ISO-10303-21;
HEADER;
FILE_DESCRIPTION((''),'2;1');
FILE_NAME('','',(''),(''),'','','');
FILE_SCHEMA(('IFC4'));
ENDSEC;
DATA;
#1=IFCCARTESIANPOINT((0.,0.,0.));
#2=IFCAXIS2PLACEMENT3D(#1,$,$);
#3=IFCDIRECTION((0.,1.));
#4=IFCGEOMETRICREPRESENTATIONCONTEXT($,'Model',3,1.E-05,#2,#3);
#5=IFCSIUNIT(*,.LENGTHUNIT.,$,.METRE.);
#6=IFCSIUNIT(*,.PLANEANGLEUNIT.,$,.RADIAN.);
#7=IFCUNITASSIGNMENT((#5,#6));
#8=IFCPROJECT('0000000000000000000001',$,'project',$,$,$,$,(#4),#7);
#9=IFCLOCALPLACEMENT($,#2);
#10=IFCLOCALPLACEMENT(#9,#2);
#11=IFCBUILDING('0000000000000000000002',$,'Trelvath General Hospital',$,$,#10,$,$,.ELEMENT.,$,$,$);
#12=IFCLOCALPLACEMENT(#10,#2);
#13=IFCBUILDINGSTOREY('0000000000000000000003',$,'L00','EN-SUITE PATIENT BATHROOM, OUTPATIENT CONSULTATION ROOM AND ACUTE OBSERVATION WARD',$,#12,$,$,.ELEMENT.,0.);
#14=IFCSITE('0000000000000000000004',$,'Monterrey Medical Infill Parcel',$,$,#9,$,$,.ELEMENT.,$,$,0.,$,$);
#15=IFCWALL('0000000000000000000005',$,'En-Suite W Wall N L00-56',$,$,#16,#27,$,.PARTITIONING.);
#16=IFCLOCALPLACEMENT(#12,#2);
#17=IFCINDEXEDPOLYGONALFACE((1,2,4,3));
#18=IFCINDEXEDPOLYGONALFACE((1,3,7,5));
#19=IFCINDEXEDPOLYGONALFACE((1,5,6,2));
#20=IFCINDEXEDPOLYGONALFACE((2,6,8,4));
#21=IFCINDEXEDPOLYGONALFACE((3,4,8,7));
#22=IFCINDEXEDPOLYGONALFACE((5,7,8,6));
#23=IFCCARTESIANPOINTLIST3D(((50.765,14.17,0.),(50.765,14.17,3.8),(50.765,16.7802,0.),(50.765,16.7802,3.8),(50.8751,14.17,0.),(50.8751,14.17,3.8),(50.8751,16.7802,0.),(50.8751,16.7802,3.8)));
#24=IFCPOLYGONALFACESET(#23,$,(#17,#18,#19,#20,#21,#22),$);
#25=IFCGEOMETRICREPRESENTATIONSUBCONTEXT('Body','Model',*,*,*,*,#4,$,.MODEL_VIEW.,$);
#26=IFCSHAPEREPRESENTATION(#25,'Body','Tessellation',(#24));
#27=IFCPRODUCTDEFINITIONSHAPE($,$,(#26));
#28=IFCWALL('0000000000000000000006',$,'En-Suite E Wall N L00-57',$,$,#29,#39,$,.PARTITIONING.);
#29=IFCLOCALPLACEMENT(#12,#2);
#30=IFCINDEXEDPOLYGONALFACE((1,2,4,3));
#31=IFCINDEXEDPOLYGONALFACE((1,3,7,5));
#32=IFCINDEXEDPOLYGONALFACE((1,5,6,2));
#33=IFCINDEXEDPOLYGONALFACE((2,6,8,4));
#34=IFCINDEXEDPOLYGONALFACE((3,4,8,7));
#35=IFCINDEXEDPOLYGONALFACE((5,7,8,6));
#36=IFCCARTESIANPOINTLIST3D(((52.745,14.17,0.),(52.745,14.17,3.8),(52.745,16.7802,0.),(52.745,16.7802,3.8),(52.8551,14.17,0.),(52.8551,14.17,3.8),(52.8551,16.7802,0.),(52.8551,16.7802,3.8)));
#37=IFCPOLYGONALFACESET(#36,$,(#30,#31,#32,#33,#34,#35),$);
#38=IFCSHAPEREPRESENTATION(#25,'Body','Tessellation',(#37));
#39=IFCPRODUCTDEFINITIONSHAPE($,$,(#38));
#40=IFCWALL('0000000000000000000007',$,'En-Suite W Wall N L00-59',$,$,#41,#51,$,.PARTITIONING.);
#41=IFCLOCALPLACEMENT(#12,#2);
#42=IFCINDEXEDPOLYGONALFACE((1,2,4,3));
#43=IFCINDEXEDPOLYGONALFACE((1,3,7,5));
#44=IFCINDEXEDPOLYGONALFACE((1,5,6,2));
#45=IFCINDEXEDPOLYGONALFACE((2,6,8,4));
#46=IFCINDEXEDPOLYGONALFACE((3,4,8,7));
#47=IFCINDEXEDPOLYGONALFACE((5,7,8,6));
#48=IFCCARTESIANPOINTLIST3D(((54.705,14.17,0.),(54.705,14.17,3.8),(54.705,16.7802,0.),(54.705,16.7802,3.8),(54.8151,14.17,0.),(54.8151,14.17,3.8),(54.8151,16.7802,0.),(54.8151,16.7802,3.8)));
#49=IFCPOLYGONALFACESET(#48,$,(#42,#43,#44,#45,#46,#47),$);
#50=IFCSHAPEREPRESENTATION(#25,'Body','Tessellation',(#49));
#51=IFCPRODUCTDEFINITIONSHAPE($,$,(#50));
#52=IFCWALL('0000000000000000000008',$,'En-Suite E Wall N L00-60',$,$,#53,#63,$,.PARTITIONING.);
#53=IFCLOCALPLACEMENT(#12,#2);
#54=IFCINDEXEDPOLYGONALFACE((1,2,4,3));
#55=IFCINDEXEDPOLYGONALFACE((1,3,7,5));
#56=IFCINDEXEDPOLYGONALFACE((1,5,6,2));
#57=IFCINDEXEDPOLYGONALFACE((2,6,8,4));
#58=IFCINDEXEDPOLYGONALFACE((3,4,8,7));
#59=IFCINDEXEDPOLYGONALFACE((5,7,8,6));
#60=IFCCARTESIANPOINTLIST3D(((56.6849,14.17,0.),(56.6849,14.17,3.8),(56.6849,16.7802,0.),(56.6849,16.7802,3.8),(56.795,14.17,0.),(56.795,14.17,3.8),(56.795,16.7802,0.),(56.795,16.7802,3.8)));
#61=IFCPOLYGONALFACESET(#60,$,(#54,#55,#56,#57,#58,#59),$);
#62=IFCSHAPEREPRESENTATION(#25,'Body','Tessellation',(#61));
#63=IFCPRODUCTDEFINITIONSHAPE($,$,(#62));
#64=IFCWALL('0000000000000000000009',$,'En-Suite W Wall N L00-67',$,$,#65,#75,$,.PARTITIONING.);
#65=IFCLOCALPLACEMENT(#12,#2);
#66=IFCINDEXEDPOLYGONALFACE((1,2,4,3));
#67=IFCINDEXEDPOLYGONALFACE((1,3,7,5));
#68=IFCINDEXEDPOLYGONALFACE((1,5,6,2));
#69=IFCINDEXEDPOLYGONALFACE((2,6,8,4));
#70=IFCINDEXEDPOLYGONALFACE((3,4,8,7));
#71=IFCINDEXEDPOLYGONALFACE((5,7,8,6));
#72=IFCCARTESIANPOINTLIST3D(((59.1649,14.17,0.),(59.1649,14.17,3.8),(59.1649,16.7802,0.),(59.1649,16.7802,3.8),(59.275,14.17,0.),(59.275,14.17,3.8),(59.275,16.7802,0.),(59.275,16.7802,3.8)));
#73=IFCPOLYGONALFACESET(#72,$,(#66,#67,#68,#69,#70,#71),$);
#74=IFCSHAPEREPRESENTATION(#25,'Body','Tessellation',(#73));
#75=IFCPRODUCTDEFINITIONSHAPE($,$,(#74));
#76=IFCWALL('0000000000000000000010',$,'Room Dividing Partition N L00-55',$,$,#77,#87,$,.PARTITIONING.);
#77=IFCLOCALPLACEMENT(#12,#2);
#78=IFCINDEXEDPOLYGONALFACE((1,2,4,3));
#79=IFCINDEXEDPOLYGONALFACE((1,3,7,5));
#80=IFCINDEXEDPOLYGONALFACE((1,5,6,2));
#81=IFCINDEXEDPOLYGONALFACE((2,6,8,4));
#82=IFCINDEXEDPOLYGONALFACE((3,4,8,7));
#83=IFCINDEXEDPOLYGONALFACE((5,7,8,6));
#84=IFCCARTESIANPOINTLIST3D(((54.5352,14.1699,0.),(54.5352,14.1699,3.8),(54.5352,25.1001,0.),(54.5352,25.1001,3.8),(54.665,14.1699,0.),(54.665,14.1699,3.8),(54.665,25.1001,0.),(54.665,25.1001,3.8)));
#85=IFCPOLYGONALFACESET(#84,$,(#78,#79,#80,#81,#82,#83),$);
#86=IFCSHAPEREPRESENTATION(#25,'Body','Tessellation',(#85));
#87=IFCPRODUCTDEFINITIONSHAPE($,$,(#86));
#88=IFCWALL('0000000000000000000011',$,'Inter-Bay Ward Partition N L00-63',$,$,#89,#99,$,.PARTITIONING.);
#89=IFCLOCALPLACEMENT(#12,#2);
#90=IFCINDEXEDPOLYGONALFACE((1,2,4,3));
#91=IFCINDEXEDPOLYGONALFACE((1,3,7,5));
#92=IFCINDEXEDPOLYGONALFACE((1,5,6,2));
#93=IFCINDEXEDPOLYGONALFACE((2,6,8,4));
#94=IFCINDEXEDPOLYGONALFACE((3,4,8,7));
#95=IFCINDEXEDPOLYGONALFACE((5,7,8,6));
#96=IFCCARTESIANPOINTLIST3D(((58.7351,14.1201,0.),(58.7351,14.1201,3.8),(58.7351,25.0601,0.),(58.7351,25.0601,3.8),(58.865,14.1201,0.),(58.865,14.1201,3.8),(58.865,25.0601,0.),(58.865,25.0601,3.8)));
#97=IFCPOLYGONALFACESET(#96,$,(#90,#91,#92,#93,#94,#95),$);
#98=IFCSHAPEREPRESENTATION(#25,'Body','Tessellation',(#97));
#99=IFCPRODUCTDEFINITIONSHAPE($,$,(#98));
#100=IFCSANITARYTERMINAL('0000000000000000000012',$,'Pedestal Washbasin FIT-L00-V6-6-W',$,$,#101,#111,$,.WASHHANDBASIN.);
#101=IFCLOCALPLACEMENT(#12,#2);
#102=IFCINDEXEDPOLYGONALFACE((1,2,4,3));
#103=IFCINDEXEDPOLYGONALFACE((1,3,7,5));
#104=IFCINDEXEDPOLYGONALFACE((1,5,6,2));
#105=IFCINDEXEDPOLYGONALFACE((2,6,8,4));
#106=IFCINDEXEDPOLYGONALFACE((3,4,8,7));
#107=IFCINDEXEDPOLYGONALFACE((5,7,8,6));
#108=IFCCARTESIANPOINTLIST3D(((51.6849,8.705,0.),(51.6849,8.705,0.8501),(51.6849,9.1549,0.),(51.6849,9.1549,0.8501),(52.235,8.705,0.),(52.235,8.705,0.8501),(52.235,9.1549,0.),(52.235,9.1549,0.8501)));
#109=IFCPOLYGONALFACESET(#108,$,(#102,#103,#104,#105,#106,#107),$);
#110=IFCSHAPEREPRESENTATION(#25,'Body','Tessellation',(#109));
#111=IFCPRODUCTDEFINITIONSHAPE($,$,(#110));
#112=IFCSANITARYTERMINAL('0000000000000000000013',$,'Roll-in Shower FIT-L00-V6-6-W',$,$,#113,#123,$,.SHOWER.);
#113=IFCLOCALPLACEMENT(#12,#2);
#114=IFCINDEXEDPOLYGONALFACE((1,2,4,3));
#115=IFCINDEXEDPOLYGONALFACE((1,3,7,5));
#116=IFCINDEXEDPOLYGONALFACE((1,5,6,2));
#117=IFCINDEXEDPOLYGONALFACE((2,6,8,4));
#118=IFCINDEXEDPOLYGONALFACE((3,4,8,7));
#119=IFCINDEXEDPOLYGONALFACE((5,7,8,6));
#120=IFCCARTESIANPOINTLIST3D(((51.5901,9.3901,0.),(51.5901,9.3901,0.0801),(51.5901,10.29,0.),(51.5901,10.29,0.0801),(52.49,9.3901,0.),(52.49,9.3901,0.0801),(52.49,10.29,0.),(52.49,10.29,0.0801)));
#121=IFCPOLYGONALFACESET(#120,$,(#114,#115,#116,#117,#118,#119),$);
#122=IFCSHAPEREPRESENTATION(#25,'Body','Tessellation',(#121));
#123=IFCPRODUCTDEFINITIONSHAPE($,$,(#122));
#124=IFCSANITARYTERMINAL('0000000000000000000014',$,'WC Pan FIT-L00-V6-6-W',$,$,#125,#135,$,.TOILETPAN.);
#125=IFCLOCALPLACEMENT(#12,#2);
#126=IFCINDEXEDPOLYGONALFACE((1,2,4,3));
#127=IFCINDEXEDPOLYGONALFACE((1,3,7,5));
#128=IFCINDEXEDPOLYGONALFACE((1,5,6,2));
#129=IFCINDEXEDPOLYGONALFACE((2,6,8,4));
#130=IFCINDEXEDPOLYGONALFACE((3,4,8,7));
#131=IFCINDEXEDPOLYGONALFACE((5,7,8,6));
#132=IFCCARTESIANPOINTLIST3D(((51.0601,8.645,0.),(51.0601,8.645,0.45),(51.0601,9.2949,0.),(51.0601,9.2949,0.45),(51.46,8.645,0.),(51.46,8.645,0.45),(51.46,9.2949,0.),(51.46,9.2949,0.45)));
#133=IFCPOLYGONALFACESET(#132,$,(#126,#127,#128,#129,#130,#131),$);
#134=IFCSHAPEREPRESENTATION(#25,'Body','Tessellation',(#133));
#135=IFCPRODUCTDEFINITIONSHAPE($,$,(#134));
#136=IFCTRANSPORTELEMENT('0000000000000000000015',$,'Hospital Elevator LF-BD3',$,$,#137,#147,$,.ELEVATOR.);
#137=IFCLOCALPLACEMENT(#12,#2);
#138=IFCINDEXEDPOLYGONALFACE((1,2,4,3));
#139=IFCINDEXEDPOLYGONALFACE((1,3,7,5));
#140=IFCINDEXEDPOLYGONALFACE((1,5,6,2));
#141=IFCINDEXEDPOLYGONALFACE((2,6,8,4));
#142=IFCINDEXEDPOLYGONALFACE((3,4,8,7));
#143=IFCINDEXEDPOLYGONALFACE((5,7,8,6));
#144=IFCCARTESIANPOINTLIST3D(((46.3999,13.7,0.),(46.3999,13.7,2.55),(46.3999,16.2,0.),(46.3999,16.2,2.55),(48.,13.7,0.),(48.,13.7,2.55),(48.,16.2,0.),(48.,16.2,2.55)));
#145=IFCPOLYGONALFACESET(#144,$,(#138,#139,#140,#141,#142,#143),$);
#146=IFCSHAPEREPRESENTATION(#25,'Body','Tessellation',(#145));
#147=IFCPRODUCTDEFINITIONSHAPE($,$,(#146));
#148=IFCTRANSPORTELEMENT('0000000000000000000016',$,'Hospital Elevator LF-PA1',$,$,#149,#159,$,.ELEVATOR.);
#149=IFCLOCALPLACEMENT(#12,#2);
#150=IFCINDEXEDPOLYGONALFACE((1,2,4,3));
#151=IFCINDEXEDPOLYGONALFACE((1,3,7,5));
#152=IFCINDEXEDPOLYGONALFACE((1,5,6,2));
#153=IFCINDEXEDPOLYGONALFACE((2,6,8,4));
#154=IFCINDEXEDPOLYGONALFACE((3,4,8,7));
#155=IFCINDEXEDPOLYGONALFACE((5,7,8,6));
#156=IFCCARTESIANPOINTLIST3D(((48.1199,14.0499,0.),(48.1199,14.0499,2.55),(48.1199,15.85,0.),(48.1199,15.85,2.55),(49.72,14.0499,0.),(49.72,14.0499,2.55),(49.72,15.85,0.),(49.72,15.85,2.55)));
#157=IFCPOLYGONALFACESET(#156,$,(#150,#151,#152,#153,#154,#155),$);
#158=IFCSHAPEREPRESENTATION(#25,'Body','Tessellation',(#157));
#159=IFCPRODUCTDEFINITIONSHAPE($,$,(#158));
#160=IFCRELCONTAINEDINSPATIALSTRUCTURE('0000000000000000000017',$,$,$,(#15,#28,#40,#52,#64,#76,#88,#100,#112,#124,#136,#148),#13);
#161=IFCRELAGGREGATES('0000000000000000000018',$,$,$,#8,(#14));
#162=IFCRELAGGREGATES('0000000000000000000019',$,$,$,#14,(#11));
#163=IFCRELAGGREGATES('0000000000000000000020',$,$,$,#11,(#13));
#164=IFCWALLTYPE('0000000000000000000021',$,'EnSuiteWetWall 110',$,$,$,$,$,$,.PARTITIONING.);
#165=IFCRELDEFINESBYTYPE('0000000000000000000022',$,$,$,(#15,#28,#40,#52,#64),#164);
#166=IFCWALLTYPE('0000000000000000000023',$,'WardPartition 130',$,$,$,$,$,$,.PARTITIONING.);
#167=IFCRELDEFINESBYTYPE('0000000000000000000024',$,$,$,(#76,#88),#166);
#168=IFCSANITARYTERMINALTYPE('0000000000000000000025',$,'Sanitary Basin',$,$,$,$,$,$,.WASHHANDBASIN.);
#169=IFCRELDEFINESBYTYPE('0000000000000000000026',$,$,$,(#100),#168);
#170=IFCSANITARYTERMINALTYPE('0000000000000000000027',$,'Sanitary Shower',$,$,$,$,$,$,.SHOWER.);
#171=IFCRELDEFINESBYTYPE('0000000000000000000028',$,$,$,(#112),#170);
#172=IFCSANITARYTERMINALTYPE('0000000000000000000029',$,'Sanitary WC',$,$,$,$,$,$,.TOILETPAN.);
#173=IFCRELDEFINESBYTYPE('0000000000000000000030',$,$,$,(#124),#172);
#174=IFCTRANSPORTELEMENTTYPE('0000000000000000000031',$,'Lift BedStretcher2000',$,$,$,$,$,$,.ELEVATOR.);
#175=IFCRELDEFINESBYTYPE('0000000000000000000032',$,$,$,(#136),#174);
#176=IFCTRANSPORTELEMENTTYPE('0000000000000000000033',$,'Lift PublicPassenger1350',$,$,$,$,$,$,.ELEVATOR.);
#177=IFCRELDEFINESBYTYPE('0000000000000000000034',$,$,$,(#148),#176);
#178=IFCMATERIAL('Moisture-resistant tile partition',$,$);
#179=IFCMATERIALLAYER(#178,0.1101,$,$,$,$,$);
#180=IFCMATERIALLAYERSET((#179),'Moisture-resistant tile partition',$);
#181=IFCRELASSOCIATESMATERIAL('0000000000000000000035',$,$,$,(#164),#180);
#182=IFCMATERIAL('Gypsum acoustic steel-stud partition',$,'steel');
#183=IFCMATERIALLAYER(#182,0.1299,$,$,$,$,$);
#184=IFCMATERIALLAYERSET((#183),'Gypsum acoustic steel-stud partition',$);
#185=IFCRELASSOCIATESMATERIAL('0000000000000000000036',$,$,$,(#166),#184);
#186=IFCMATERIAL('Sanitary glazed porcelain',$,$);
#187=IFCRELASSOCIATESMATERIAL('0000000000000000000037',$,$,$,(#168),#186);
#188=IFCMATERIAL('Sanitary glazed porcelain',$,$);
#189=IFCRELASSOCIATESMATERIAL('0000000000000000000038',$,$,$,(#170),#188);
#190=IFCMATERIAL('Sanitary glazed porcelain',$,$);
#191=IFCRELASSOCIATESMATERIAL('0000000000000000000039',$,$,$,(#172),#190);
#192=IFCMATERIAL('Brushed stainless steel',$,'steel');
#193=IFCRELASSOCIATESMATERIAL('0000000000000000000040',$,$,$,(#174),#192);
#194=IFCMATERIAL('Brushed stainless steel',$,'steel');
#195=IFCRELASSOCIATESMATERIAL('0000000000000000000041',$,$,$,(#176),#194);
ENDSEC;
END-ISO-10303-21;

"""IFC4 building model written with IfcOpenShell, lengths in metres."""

from ifc_helpers import new_model, si_unit, direction, frame, frame_2d, origin, origin_2d, place, context, subcontext, project, spatial, rectangle, extrude, material, layer, layer_set, type_object, element, save


model = new_model("IFC4")

# Units and contexts
model_context = context("Model", 3, precision=1e-05, world=origin(), true_north=direction((0.0, 1.0)))
body_context = subcontext(model_context, "Body", "Model", "MODEL_VIEW")
ifc_project = project(units=[si_unit("LENGTHUNIT", "METRE"), si_unit("PLANEANGLEUNIT", "RADIAN")], contexts=[model_context])

# Site, building, storey
site_placement = place(None, origin())
site = spatial("IfcSite", under=ifc_project, at=site_placement, Name="Monterrey Medical Infill Parcel", CompositionType="ELEMENT", RefElevation=0.0)
building_placement = place(site_placement, origin())
building = spatial("IfcBuilding", under=site, at=building_placement, Name="Trelvath General Hospital", CompositionType="ELEMENT")
storey_placement = place(building_placement, origin())
storey = spatial("IfcBuildingStorey", under=building, at=storey_placement, Name="L00", Description="EN-SUITE PATIENT BATHROOM, OUTPATIENT CONSULTATION ROOM AND ACUTE OBSERVATION WARD", CompositionType="ELEMENT", Elevation=0.0)

# Walls
ifc_material_1 = material(Name="Moisture-resistant tile partition")
ifc_layer_1 = layer(ifc_material_1, 0.1101)
ifc_layer_set_1 = layer_set([ifc_layer_1], Name="Moisture-resistant tile partition")
wall_type_1 = type_object("IfcWallType", Name="EnSuiteWetWall 110", PredefinedType="PARTITIONING", material=ifc_layer_set_1)
for number, where, z_axis, x_axis, name in (
    (1, (50.8201, 14.1699, 0.0), (0.0, 0.0, 1.0), (0.0, 1.0, 0.0), "En-Suite W Wall N L00-56"),
    (2, (52.8, 14.1699, 0.0), (0.0, 0.0, 1.0), (0.0, 1.0, 0.0), "En-Suite E Wall N L00-57"),
    (3, (54.76, 14.1699, 0.0), (0.0, 0.0, 1.0), (0.0, 1.0, 0.0), "En-Suite W Wall N L00-59"),
    (4, (56.74, 14.1699, 0.0), (0.0, 0.0, 1.0), (0.0, 1.0, 0.0), "En-Suite E Wall N L00-60"),
    (5, (59.22, 14.1699, 0.0), (0.0, 0.0, 1.0), (0.0, 1.0, 0.0), "En-Suite W Wall N L00-67"),
):
    element("IfcWall", number, at=place(storey_placement, frame(where, z_axis=z_axis, x_axis=x_axis)), inside=storey, type_object=wall_type_1, Name=name, PredefinedType="PARTITIONING", context=body_context, shape_type="SweptSolid", body=[
        extrude(rectangle(XDim=2.6101, YDim=0.1101, at=frame_2d((1.3052, 0.0))), origin(), (0.0, 0.0, 1.0), 3.8),
    ])
ifc_material_2 = material(Name="Gypsum acoustic steel-stud partition", Category="steel")
ifc_layer_2 = layer(ifc_material_2, 0.1299)
ifc_layer_set_2 = layer_set([ifc_layer_2], Name="Gypsum acoustic steel-stud partition")
wall_type_2 = type_object("IfcWallType", Name="WardPartition 130", PredefinedType="PARTITIONING", material=ifc_layer_set_2)
wall_1_placement = place(storey_placement, frame((54.6001, 14.1699, 0.0), z_axis=(0.0, 0.0, 1.0), x_axis=(0.0, 1.0, 0.0)))
element("IfcWall", 6, at=wall_1_placement, inside=storey, type_object=wall_type_2, Name="Room Dividing Partition N L00-55", PredefinedType="PARTITIONING", context=body_context, shape_type="SweptSolid", body=[
    extrude(rectangle(XDim=10.9302, YDim=0.1299, at=frame_2d((5.4651, 0.0))), origin(), (0.0, 0.0, 1.0), 3.8),
])
wall_2_placement = place(storey_placement, frame((58.8, 14.1201, 0.0), z_axis=(0.0, 0.0, 1.0), x_axis=(0.0, 1.0, 0.0)))
element("IfcWall", 7, at=wall_2_placement, inside=storey, type_object=wall_type_2, Name="Inter-Bay Ward Partition N L00-63", PredefinedType="PARTITIONING", context=body_context, shape_type="SweptSolid", body=[
    extrude(rectangle(XDim=10.9399, YDim=0.1299, at=frame_2d((5.47, 0.0))), origin(), (0.0, 0.0, 1.0), 3.8),
])

# Sanitary terminals
ifc_material_3 = material(Name="Sanitary glazed porcelain")
sanitary_terminal_type_1 = type_object("IfcSanitaryTerminalType", Name="Sanitary Basin", PredefinedType="WASHHANDBASIN", material=ifc_material_3)
sanitary_terminal_1_placement = place(storey_placement, frame((51.96, 8.9299, 0.0), z_axis=(0.0, 0.0, 1.0), x_axis=(1.0, 0.0, 0.0)))
element("IfcSanitaryTerminal", 8, at=sanitary_terminal_1_placement, inside=storey, type_object=sanitary_terminal_type_1, Name="Pedestal Washbasin FIT-L00-V6-6-W", PredefinedType="WASHHANDBASIN", context=body_context, shape_type="SweptSolid", body=[
    extrude(rectangle(XDim=0.55, YDim=0.45, at=origin_2d()), origin(), (0.0, 0.0, 1.0), 0.8501),
])
ifc_material_4 = material(Name="Sanitary glazed porcelain")
sanitary_terminal_type_2 = type_object("IfcSanitaryTerminalType", Name="Sanitary Shower", PredefinedType="SHOWER", material=ifc_material_4)
sanitary_terminal_2_placement = place(storey_placement, frame((52.04, 9.8401, 0.0), z_axis=(0.0, 0.0, 1.0), x_axis=(1.0, 0.0, 0.0)))
element("IfcSanitaryTerminal", 9, at=sanitary_terminal_2_placement, inside=storey, type_object=sanitary_terminal_type_2, Name="Roll-in Shower FIT-L00-V6-6-W", PredefinedType="SHOWER", context=body_context, shape_type="SweptSolid", body=[
    extrude(rectangle(XDim=0.8999, YDim=0.8999, at=origin_2d()), origin(), (0.0, 0.0, 1.0), 0.0801),
])
ifc_material_5 = material(Name="Sanitary glazed porcelain")
sanitary_terminal_type_3 = type_object("IfcSanitaryTerminalType", Name="Sanitary WC", PredefinedType="TOILETPAN", material=ifc_material_5)
sanitary_terminal_3_placement = place(storey_placement, frame((51.26, 8.97, 0.0), z_axis=(0.0, 0.0, 1.0), x_axis=(1.0, 0.0, 0.0)))
element("IfcSanitaryTerminal", 10, at=sanitary_terminal_3_placement, inside=storey, type_object=sanitary_terminal_type_3, Name="WC Pan FIT-L00-V6-6-W", PredefinedType="TOILETPAN", context=body_context, shape_type="SweptSolid", body=[
    extrude(rectangle(XDim=0.3999, YDim=0.6499, at=origin_2d()), origin(), (0.0, 0.0, 1.0), 0.45),
])

# Transport elements
ifc_material_6 = material(Name="Brushed stainless steel", Category="steel")
transport_element_type_1 = type_object("IfcTransportElementType", Name="Lift BedStretcher2000", PredefinedType="ELEVATOR", material=ifc_material_6)
transport_element_1_placement = place(storey_placement, frame((47.2, 14.95, 0.0), z_axis=(0.0, 0.0, 1.0), x_axis=(1.0, 0.0, 0.0)))
element("IfcTransportElement", 11, at=transport_element_1_placement, inside=storey, type_object=transport_element_type_1, Name="Hospital Elevator LF-BD3", PredefinedType="ELEVATOR", context=body_context, shape_type="SweptSolid", body=[
    extrude(rectangle(XDim=1.6001, YDim=2.5, at=origin_2d()), origin(), (0.0, 0.0, 1.0), 2.55),
])
ifc_material_7 = material(Name="Brushed stainless steel", Category="steel")
transport_element_type_2 = type_object("IfcTransportElementType", Name="Lift PublicPassenger1350", PredefinedType="ELEVATOR", material=ifc_material_7)
transport_element_2_placement = place(storey_placement, frame((48.9199, 14.95, 0.0), z_axis=(0.0, 0.0, 1.0), x_axis=(1.0, 0.0, 0.0)))
element("IfcTransportElement", 12, at=transport_element_2_placement, inside=storey, type_object=transport_element_type_2, Name="Hospital Elevator LF-PA1", PredefinedType="ELEVATOR", context=body_context, shape_type="SweptSolid", body=[
    extrude(rectangle(XDim=1.6001, YDim=1.8, at=origin_2d()), origin(), (0.0, 0.0, 1.0), 2.55),
])

save(model, "model.ifc")
